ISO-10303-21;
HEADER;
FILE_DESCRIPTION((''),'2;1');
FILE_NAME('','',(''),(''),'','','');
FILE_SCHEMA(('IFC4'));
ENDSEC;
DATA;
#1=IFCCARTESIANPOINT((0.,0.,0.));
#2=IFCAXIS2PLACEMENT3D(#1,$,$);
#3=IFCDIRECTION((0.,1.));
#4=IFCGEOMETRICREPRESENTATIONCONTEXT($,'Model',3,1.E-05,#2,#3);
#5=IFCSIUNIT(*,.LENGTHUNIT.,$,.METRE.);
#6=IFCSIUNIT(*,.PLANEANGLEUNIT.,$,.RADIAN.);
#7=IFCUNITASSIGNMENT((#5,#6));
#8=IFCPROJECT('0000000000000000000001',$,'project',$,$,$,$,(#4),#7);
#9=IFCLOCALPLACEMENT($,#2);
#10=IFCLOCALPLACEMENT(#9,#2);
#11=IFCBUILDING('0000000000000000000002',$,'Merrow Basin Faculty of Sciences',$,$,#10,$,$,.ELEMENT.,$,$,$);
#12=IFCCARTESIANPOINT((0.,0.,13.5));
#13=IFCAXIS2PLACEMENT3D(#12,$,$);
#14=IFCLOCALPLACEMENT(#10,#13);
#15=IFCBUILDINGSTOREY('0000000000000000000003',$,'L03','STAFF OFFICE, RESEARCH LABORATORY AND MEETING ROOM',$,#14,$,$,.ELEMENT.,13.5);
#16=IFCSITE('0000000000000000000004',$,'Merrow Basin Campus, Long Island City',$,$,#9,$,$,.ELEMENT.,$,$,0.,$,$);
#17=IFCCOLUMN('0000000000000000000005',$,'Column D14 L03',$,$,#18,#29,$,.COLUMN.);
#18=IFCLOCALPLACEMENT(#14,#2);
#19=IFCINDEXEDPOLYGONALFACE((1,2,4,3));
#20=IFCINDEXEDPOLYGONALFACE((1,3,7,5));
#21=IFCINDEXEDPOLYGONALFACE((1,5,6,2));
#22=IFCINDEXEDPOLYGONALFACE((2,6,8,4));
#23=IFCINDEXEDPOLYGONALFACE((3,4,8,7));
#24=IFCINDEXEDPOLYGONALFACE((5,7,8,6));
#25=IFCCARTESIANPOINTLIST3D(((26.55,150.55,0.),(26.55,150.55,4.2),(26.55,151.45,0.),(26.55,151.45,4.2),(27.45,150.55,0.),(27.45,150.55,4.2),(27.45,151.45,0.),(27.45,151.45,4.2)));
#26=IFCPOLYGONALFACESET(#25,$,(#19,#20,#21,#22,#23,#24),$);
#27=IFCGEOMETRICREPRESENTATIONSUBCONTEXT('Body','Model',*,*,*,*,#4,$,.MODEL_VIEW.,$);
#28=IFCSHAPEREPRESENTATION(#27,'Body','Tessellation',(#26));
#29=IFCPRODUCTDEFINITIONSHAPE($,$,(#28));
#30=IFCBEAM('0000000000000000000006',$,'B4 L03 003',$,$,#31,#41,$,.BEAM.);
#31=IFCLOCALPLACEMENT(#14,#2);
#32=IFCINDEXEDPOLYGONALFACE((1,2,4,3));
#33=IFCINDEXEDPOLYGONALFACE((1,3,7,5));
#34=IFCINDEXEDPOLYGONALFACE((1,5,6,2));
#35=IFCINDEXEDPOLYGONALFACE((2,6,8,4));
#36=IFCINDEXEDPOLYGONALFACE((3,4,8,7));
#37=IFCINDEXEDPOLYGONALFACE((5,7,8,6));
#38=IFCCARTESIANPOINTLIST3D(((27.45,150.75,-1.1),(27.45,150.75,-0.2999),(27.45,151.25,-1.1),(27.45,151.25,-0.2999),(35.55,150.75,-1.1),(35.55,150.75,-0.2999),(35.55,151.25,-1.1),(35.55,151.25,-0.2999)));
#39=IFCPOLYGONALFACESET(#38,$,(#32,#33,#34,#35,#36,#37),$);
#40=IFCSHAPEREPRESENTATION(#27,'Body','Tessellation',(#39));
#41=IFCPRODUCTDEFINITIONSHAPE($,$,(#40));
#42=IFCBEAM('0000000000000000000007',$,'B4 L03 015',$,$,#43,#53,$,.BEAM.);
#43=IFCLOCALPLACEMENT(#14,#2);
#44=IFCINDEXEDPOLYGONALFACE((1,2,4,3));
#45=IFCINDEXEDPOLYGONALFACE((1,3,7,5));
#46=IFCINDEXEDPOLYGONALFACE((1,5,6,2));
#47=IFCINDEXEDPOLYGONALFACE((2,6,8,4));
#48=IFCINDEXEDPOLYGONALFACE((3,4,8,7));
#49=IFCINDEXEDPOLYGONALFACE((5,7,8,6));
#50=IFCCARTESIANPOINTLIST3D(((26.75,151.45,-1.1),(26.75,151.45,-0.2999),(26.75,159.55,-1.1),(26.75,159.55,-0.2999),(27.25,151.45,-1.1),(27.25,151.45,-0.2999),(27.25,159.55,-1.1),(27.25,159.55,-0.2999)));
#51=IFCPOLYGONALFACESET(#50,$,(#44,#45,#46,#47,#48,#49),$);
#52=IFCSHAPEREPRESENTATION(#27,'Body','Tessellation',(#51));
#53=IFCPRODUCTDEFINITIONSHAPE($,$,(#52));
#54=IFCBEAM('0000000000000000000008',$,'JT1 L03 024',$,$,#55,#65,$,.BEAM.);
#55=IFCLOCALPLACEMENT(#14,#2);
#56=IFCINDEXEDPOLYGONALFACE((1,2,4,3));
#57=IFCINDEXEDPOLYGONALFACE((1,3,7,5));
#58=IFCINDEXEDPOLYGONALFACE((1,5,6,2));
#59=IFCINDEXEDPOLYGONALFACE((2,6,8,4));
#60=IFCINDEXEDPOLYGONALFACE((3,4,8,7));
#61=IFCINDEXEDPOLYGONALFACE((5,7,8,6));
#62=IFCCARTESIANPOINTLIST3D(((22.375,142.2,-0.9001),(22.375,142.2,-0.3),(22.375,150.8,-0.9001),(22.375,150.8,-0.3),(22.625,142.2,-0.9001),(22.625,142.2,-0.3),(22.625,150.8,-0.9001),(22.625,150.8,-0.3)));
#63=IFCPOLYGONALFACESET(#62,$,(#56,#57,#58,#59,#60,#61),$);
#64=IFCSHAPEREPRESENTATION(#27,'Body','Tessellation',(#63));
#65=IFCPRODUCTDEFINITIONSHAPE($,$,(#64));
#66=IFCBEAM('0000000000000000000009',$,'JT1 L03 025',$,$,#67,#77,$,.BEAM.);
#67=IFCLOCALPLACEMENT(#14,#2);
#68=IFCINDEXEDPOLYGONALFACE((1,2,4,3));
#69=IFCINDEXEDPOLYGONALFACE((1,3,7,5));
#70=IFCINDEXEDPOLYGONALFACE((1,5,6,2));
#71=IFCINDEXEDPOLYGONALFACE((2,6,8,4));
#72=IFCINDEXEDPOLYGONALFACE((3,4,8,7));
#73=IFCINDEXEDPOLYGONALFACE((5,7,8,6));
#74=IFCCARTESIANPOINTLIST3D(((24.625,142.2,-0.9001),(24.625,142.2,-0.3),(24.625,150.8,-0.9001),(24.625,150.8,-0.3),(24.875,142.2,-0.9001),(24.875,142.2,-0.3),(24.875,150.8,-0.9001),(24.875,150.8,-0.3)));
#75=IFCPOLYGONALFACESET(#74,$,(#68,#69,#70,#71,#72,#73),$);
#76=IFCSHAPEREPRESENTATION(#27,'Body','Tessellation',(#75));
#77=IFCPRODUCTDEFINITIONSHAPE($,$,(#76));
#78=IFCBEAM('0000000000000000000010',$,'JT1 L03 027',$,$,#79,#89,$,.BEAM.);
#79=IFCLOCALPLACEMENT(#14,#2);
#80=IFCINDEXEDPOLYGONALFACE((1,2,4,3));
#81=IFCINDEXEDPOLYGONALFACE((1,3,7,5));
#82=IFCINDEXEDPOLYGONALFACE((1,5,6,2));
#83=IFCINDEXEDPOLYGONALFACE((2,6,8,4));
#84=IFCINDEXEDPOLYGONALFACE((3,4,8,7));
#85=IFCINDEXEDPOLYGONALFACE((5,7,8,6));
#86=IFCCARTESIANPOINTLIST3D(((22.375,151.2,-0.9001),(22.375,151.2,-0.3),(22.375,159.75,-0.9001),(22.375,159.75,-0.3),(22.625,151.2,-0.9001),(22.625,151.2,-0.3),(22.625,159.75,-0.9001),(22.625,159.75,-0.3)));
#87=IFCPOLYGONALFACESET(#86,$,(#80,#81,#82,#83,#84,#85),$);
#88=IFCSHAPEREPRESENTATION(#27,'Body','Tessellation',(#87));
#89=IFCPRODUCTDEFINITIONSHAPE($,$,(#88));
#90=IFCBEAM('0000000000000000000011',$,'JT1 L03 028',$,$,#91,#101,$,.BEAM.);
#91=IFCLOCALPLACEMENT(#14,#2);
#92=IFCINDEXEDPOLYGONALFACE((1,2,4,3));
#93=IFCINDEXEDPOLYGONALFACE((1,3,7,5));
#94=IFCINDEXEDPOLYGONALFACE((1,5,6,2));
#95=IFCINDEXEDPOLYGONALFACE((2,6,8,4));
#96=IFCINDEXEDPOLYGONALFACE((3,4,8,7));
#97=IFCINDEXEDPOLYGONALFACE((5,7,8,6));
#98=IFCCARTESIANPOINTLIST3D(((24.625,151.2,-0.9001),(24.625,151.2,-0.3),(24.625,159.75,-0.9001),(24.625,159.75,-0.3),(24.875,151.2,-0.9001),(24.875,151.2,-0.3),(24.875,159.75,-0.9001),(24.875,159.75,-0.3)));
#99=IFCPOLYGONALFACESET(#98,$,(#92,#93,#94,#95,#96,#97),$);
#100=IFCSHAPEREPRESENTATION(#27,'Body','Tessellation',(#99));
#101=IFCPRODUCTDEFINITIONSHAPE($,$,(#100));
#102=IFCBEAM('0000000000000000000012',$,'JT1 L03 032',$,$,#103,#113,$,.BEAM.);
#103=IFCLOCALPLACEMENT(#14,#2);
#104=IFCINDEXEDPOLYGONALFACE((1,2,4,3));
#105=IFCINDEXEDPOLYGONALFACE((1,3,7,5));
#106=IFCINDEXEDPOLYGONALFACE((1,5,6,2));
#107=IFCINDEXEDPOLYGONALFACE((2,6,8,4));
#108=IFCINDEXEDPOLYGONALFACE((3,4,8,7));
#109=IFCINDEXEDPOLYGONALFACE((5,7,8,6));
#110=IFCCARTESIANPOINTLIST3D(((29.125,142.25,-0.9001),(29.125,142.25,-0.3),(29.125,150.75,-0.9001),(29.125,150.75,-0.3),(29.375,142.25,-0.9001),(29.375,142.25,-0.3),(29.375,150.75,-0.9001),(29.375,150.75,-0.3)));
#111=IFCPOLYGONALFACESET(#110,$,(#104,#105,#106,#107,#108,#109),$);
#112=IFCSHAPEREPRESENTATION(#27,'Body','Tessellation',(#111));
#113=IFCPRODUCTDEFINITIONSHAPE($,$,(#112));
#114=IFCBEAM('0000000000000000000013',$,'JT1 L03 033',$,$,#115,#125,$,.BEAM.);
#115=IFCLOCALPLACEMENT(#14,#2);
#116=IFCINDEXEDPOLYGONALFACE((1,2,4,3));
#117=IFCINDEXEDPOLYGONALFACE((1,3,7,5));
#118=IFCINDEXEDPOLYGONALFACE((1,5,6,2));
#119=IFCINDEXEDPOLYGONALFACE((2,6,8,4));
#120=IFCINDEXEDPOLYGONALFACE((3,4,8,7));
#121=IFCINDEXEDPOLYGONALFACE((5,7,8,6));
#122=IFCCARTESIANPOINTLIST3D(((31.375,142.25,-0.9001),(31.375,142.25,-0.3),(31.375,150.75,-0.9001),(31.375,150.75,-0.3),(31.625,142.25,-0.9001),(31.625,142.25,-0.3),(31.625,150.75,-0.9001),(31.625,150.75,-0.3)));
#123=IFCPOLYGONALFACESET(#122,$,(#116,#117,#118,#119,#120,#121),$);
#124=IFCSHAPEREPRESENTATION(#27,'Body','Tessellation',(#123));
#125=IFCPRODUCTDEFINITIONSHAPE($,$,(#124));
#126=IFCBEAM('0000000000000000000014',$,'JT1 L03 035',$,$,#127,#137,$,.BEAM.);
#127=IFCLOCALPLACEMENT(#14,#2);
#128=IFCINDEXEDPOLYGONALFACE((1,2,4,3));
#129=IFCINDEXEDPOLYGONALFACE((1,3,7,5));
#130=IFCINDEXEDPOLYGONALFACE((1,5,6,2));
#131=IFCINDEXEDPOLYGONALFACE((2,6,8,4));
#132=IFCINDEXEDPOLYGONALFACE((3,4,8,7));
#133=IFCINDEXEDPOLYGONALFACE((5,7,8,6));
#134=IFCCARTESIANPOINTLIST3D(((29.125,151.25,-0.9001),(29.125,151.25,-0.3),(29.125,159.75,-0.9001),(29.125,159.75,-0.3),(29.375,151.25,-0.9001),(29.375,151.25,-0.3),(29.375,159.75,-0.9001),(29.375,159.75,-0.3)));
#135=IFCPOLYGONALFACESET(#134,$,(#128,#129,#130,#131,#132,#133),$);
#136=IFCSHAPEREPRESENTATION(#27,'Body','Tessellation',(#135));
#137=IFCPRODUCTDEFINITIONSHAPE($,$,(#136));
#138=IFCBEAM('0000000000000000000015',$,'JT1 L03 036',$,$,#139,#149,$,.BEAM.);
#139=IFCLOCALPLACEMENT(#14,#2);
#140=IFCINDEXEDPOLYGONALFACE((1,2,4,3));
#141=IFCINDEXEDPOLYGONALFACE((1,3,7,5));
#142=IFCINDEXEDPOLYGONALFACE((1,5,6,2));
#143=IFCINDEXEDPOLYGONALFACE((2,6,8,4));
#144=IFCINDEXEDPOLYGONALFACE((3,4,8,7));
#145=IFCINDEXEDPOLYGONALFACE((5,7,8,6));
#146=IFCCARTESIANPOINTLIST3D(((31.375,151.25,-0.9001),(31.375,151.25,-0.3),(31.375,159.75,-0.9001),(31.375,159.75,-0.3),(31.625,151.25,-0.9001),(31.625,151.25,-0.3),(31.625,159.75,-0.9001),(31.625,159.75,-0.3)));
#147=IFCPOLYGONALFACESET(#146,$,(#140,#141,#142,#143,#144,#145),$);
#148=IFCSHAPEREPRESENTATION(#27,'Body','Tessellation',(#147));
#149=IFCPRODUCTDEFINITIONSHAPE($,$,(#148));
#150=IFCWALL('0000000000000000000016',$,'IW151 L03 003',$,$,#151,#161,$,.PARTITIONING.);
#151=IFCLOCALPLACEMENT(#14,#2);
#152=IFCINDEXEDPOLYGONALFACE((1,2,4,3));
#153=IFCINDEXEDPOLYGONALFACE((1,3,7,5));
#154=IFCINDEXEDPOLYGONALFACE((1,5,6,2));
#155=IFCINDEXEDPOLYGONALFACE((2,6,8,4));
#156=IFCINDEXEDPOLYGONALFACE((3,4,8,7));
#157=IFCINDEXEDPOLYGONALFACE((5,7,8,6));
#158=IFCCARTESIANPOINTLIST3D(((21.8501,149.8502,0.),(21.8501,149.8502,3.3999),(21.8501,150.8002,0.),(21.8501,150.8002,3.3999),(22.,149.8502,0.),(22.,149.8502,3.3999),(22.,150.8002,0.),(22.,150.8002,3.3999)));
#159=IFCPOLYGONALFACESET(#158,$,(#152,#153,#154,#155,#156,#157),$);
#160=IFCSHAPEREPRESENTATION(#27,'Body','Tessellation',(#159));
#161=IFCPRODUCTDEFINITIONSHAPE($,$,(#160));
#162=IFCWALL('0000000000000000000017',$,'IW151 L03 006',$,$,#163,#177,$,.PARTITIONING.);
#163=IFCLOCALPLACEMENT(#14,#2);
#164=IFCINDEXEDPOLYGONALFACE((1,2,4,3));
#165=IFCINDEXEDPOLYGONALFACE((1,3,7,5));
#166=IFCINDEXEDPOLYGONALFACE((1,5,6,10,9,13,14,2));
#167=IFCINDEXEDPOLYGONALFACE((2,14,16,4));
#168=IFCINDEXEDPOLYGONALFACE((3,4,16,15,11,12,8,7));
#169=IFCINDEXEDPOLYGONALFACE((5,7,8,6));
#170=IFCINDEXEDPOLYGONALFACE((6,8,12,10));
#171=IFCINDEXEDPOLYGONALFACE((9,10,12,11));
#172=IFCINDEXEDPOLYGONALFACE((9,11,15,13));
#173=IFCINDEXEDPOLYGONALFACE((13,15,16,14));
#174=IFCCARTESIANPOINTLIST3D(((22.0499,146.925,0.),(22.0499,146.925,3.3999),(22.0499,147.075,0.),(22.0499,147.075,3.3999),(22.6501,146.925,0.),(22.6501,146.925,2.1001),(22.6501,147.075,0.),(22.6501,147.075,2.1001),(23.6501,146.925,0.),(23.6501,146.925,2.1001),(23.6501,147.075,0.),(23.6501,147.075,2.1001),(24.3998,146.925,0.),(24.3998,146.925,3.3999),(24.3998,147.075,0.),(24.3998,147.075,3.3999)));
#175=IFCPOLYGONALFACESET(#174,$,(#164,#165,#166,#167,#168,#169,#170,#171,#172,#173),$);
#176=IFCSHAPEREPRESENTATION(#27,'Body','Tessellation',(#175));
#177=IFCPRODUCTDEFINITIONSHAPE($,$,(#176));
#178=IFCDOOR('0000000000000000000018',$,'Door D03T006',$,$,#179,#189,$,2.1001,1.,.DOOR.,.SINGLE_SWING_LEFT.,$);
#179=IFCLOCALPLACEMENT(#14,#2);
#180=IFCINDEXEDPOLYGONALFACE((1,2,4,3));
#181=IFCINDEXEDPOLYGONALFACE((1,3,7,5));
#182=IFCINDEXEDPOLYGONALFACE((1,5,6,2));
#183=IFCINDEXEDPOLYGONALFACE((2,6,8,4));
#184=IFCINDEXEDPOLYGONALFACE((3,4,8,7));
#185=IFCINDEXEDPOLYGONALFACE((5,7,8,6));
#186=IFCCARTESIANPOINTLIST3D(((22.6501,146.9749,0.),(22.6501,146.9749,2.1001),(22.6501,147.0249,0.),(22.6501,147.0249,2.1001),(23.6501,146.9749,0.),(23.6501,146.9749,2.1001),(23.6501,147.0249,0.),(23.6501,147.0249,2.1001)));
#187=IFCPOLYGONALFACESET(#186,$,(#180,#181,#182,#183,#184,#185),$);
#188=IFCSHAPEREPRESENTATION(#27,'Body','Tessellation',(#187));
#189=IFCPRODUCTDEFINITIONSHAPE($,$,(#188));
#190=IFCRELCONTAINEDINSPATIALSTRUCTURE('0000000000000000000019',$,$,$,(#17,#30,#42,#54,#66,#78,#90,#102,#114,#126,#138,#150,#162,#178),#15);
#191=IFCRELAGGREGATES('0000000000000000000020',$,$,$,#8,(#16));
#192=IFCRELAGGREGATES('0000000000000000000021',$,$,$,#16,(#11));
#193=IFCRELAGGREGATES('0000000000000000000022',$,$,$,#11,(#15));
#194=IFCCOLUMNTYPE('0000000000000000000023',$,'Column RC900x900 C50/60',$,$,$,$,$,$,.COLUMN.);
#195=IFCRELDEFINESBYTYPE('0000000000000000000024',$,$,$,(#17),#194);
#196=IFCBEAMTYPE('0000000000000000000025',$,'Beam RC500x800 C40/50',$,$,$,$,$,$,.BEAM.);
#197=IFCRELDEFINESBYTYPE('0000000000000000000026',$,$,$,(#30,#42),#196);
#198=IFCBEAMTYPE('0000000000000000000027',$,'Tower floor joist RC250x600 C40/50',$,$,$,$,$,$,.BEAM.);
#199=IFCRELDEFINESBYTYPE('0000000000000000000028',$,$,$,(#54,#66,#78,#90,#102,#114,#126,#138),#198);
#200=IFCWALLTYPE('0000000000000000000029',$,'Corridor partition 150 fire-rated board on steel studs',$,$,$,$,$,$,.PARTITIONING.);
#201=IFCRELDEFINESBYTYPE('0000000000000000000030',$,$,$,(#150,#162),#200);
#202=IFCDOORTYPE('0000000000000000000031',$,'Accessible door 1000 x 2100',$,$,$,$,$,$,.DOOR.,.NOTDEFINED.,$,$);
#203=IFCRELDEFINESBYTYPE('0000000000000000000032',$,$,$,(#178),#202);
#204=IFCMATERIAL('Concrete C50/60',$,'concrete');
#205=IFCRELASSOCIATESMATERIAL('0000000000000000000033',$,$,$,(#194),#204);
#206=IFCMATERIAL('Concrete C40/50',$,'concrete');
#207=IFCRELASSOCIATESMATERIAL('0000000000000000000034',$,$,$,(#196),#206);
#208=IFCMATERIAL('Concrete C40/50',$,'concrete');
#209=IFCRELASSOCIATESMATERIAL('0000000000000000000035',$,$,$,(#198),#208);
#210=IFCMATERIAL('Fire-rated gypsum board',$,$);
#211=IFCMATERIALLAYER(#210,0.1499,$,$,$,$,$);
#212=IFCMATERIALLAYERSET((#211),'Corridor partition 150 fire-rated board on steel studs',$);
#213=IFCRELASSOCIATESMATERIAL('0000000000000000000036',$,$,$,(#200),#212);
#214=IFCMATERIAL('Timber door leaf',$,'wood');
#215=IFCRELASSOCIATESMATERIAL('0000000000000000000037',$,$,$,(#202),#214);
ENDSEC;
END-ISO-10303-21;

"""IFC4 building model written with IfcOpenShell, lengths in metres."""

from ifc_helpers import new_model, si_unit, direction, frame, frame_2d, origin, origin_2d, place, context, subcontext, project, spatial, rectangle, extrude, material, layer, layer_set, material_profile, profile_set, type_object, element, fill, save


model = new_model("IFC4")

# Units and contexts
model_context = context("Model", 3, precision=1e-05, world=origin(), true_north=direction((0.0, 1.0)))
body_context = subcontext(model_context, "Body", "Model", "MODEL_VIEW")
ifc_project = project(units=[si_unit("LENGTHUNIT", "METRE"), si_unit("PLANEANGLEUNIT", "RADIAN")], contexts=[model_context])

# Site, building, storey
site_placement = place(None, origin())
site = spatial("IfcSite", under=ifc_project, at=site_placement, Name="Merrow Basin Campus, Long Island City", CompositionType="ELEMENT", RefElevation=0.0)
building_placement = place(site_placement, origin())
building = spatial("IfcBuilding", under=site, at=building_placement, Name="Merrow Basin Faculty of Sciences", CompositionType="ELEMENT")
storey_placement = place(building_placement, frame((0.0, 0.0, 13.5)))
storey = spatial("IfcBuildingStorey", under=building, at=storey_placement, Name="L03", Description="STAFF OFFICE, RESEARCH LABORATORY AND MEETING ROOM", CompositionType="ELEMENT", Elevation=13.5)

# Column
ifc_material_1 = material(Name="Concrete C50/60", Category="concrete")
ifc_material_profile_1 = material_profile(ifc_material_1, rectangle(XDim=0.8999, YDim=0.8999, at=origin_2d()))
ifc_profile_set_1 = profile_set([ifc_material_profile_1], Name="Concrete C50/60")
column_type = type_object("IfcColumnType", Name="Column RC900x900 C50/60", PredefinedType="COLUMN", material=ifc_profile_set_1)
column_placement = place(storey_placement, frame((27.0, 151.0, 0.0), z_axis=(0.0, 0.0, 1.0), x_axis=(1.0, 0.0, 0.0)))
element("IfcColumn", 1, at=column_placement, inside=storey, type_object=column_type, Name="Column D14 L03", PredefinedType="COLUMN", context=body_context, shape_type="SweptSolid", body=[
    extrude(rectangle(XDim=0.8999, YDim=0.8999, at=origin_2d()), origin(), (0.0, 0.0, 1.0), 4.2),
])

# Beams
ifc_material_2 = material(Name="Concrete C40/50", Category="concrete")
ifc_material_profile_2 = material_profile(ifc_material_2, rectangle(XDim=0.5, YDim=0.8, at=origin_2d()))
ifc_profile_set_2 = profile_set([ifc_material_profile_2], Name="Concrete C40/50")
beam_type_1 = type_object("IfcBeamType", Name="Beam RC500x800 C40/50", PredefinedType="BEAM", material=ifc_profile_set_2)
for number, where, z_axis, x_axis, name in (
    (2, (27.45, 151.0, -0.7), (1.0, 0.0, 0.0), (0.0, 1.0, 0.0), "B4 L03 003"),
    (3, (27.0, 151.45, -0.7), (0.0, 1.0, 0.0), (-1.0, 0.0, 0.0), "B4 L03 015"),
):
    element("IfcBeam", number, at=place(storey_placement, frame(where, z_axis=z_axis, x_axis=x_axis)), inside=storey, type_object=beam_type_1, Name=name, PredefinedType="BEAM", context=body_context, shape_type="SweptSolid", body=[
        extrude(rectangle(XDim=0.5, YDim=0.8, at=origin_2d()), origin(), (0.0, 0.0, 1.0), 8.1001),
    ])
ifc_material_3 = material(Name="Concrete C40/50", Category="concrete")
ifc_material_profile_3 = material_profile(ifc_material_3, rectangle(XDim=0.25, YDim=0.6001, at=origin_2d()))
ifc_profile_set_3 = profile_set([ifc_material_profile_3], Name="Concrete C40/50")
beam_type_2 = type_object("IfcBeamType", Name="Tower floor joist RC250x600 C40/50", PredefinedType="BEAM", material=ifc_profile_set_3)
for number, where, z_axis, x_axis, name in (
    (4, (22.5, 142.2, -0.6001), (0.0, 1.0, 0.0), (-1.0, 0.0, 0.0), "JT1 L03 024"),
    (5, (24.75, 142.2, -0.6001), (0.0, 1.0, 0.0), (-1.0, 0.0, 0.0), "JT1 L03 025"),
):
    element("IfcBeam", number, at=place(storey_placement, frame(where, z_axis=z_axis, x_axis=x_axis)), inside=storey, type_object=beam_type_2, Name=name, PredefinedType="BEAM", context=body_context, shape_type="SweptSolid", body=[
        extrude(rectangle(XDim=0.25, YDim=0.6001, at=origin_2d()), origin(), (0.0, 0.0, 1.0), 8.6001),
    ])
for number, where, z_axis, x_axis, name in (
    (6, (22.5, 151.2, -0.6001), (0.0, 1.0, 0.0), (-1.0, 0.0, 0.0), "JT1 L03 027"),
    (7, (24.75, 151.2, -0.6001), (0.0, 1.0, 0.0), (-1.0, 0.0, 0.0), "JT1 L03 028"),
):
    element("IfcBeam", number, at=place(storey_placement, frame(where, z_axis=z_axis, x_axis=x_axis)), inside=storey, type_object=beam_type_2, Name=name, PredefinedType="BEAM", context=body_context, shape_type="SweptSolid", body=[
        extrude(rectangle(XDim=0.25, YDim=0.6001, at=origin_2d()), origin(), (0.0, 0.0, 1.0), 8.55),
    ])
for number, where, z_axis, x_axis, name in (
    (8, (29.25, 142.25, -0.6001), (0.0, 1.0, 0.0), (-1.0, 0.0, 0.0), "JT1 L03 032"),
    (9, (31.5, 142.25, -0.6001), (0.0, 1.0, 0.0), (-1.0, 0.0, 0.0), "JT1 L03 033"),
    (10, (29.25, 151.25, -0.6001), (0.0, 1.0, 0.0), (-1.0, 0.0, 0.0), "JT1 L03 035"),
    (11, (31.5, 151.25, -0.6001), (0.0, 1.0, 0.0), (-1.0, 0.0, 0.0), "JT1 L03 036"),
):
    element("IfcBeam", number, at=place(storey_placement, frame(where, z_axis=z_axis, x_axis=x_axis)), inside=storey, type_object=beam_type_2, Name=name, PredefinedType="BEAM", context=body_context, shape_type="SweptSolid", body=[
        extrude(rectangle(XDim=0.25, YDim=0.6001, at=origin_2d()), origin(), (0.0, 0.0, 1.0), 8.5),
    ])

# Wall
ifc_material_4 = material(Name="Fire-rated gypsum board")
ifc_layer_1 = layer(ifc_material_4, 0.1499)
ifc_layer_set_1 = layer_set([ifc_layer_1], Name="Corridor partition 150 fire-rated board on steel studs")
wall_type_1 = type_object("IfcWallType", Name="Corridor partition 150 fire-rated board on steel studs", PredefinedType="PARTITIONING", material=ifc_layer_set_1)
wall_1_placement = place(storey_placement, frame((21.925, 149.8501, 0.0), z_axis=(0.0, 0.0, 1.0), x_axis=(0.0, 1.0, 0.0)))
element("IfcWall", 12, at=wall_1_placement, inside=storey, type_object=wall_type_1, Name="IW151 L03 003", PredefinedType="PARTITIONING", context=body_context, shape_type="SweptSolid", body=[
    extrude(rectangle(XDim=0.95, YDim=0.1499, at=frame_2d((0.4751, 0.0))), origin(), (0.0, 0.0, 1.0), 3.3999),
])

# Wall, opening, door
wall_2_placement = place(storey_placement, frame((22.05, 147.0, 0.0), z_axis=(0.0, 0.0, 1.0), x_axis=(1.0, 0.0, 0.0)))
wall_2 = element("IfcWall", 13, at=wall_2_placement, inside=storey, type_object=wall_type_1, Name="IW151 L03 006", PredefinedType="PARTITIONING", context=body_context, shape_type="SweptSolid", body=[
    extrude(rectangle(XDim=2.3499, YDim=0.1499, at=frame_2d((1.1748, 0.0))), origin(), (0.0, 0.0, 1.0), 3.3999),
])
opening_1_placement = place(wall_2_placement, frame((0.6001, 0.0, 0.0)))
opening_1 = element("IfcOpeningElement", 14, at=opening_1_placement, cuts=wall_2, PredefinedType="OPENING", context=body_context, shape_type="SweptSolid", body=[
    extrude(rectangle(XDim=1.0, YDim=2.1001, at=frame_2d((0.5, 1.05))), frame((0.0, 0.085, 0.0), z_axis=(0.0, -1.0, 0.0), x_axis=(1.0, 0.0, 0.0)), (0.0, 0.0, 1.0), 0.1699),
])
ifc_material_5 = material(Name="Timber door leaf", Category="wood")
door_type_1 = type_object("IfcDoorType", Name="Accessible door 1000 x 2100", OperationType="NOTDEFINED", PredefinedType="DOOR", material=ifc_material_5)
door_1_placement = place(opening_1_placement, origin())
door_1 = element("IfcDoor", 15, at=door_1_placement, inside=storey, type_object=door_type_1, Name="Door D03T006", OperationType="SINGLE_SWING_LEFT", OverallHeight=2.1001, OverallWidth=1.0, PredefinedType="DOOR", context=body_context, shape_type="SweptSolid", body=[
    extrude(rectangle(XDim=1.0, YDim=2.1001, at=frame_2d((0.5, 1.05))), frame((0.0, 0.0249, 0.0), z_axis=(0.0, -1.0, 0.0), x_axis=(1.0, 0.0, 0.0)), (0.0, 0.0, 1.0), 0.05),
])
fill(opening_1, door_1)

save(model, "model.ifc")
